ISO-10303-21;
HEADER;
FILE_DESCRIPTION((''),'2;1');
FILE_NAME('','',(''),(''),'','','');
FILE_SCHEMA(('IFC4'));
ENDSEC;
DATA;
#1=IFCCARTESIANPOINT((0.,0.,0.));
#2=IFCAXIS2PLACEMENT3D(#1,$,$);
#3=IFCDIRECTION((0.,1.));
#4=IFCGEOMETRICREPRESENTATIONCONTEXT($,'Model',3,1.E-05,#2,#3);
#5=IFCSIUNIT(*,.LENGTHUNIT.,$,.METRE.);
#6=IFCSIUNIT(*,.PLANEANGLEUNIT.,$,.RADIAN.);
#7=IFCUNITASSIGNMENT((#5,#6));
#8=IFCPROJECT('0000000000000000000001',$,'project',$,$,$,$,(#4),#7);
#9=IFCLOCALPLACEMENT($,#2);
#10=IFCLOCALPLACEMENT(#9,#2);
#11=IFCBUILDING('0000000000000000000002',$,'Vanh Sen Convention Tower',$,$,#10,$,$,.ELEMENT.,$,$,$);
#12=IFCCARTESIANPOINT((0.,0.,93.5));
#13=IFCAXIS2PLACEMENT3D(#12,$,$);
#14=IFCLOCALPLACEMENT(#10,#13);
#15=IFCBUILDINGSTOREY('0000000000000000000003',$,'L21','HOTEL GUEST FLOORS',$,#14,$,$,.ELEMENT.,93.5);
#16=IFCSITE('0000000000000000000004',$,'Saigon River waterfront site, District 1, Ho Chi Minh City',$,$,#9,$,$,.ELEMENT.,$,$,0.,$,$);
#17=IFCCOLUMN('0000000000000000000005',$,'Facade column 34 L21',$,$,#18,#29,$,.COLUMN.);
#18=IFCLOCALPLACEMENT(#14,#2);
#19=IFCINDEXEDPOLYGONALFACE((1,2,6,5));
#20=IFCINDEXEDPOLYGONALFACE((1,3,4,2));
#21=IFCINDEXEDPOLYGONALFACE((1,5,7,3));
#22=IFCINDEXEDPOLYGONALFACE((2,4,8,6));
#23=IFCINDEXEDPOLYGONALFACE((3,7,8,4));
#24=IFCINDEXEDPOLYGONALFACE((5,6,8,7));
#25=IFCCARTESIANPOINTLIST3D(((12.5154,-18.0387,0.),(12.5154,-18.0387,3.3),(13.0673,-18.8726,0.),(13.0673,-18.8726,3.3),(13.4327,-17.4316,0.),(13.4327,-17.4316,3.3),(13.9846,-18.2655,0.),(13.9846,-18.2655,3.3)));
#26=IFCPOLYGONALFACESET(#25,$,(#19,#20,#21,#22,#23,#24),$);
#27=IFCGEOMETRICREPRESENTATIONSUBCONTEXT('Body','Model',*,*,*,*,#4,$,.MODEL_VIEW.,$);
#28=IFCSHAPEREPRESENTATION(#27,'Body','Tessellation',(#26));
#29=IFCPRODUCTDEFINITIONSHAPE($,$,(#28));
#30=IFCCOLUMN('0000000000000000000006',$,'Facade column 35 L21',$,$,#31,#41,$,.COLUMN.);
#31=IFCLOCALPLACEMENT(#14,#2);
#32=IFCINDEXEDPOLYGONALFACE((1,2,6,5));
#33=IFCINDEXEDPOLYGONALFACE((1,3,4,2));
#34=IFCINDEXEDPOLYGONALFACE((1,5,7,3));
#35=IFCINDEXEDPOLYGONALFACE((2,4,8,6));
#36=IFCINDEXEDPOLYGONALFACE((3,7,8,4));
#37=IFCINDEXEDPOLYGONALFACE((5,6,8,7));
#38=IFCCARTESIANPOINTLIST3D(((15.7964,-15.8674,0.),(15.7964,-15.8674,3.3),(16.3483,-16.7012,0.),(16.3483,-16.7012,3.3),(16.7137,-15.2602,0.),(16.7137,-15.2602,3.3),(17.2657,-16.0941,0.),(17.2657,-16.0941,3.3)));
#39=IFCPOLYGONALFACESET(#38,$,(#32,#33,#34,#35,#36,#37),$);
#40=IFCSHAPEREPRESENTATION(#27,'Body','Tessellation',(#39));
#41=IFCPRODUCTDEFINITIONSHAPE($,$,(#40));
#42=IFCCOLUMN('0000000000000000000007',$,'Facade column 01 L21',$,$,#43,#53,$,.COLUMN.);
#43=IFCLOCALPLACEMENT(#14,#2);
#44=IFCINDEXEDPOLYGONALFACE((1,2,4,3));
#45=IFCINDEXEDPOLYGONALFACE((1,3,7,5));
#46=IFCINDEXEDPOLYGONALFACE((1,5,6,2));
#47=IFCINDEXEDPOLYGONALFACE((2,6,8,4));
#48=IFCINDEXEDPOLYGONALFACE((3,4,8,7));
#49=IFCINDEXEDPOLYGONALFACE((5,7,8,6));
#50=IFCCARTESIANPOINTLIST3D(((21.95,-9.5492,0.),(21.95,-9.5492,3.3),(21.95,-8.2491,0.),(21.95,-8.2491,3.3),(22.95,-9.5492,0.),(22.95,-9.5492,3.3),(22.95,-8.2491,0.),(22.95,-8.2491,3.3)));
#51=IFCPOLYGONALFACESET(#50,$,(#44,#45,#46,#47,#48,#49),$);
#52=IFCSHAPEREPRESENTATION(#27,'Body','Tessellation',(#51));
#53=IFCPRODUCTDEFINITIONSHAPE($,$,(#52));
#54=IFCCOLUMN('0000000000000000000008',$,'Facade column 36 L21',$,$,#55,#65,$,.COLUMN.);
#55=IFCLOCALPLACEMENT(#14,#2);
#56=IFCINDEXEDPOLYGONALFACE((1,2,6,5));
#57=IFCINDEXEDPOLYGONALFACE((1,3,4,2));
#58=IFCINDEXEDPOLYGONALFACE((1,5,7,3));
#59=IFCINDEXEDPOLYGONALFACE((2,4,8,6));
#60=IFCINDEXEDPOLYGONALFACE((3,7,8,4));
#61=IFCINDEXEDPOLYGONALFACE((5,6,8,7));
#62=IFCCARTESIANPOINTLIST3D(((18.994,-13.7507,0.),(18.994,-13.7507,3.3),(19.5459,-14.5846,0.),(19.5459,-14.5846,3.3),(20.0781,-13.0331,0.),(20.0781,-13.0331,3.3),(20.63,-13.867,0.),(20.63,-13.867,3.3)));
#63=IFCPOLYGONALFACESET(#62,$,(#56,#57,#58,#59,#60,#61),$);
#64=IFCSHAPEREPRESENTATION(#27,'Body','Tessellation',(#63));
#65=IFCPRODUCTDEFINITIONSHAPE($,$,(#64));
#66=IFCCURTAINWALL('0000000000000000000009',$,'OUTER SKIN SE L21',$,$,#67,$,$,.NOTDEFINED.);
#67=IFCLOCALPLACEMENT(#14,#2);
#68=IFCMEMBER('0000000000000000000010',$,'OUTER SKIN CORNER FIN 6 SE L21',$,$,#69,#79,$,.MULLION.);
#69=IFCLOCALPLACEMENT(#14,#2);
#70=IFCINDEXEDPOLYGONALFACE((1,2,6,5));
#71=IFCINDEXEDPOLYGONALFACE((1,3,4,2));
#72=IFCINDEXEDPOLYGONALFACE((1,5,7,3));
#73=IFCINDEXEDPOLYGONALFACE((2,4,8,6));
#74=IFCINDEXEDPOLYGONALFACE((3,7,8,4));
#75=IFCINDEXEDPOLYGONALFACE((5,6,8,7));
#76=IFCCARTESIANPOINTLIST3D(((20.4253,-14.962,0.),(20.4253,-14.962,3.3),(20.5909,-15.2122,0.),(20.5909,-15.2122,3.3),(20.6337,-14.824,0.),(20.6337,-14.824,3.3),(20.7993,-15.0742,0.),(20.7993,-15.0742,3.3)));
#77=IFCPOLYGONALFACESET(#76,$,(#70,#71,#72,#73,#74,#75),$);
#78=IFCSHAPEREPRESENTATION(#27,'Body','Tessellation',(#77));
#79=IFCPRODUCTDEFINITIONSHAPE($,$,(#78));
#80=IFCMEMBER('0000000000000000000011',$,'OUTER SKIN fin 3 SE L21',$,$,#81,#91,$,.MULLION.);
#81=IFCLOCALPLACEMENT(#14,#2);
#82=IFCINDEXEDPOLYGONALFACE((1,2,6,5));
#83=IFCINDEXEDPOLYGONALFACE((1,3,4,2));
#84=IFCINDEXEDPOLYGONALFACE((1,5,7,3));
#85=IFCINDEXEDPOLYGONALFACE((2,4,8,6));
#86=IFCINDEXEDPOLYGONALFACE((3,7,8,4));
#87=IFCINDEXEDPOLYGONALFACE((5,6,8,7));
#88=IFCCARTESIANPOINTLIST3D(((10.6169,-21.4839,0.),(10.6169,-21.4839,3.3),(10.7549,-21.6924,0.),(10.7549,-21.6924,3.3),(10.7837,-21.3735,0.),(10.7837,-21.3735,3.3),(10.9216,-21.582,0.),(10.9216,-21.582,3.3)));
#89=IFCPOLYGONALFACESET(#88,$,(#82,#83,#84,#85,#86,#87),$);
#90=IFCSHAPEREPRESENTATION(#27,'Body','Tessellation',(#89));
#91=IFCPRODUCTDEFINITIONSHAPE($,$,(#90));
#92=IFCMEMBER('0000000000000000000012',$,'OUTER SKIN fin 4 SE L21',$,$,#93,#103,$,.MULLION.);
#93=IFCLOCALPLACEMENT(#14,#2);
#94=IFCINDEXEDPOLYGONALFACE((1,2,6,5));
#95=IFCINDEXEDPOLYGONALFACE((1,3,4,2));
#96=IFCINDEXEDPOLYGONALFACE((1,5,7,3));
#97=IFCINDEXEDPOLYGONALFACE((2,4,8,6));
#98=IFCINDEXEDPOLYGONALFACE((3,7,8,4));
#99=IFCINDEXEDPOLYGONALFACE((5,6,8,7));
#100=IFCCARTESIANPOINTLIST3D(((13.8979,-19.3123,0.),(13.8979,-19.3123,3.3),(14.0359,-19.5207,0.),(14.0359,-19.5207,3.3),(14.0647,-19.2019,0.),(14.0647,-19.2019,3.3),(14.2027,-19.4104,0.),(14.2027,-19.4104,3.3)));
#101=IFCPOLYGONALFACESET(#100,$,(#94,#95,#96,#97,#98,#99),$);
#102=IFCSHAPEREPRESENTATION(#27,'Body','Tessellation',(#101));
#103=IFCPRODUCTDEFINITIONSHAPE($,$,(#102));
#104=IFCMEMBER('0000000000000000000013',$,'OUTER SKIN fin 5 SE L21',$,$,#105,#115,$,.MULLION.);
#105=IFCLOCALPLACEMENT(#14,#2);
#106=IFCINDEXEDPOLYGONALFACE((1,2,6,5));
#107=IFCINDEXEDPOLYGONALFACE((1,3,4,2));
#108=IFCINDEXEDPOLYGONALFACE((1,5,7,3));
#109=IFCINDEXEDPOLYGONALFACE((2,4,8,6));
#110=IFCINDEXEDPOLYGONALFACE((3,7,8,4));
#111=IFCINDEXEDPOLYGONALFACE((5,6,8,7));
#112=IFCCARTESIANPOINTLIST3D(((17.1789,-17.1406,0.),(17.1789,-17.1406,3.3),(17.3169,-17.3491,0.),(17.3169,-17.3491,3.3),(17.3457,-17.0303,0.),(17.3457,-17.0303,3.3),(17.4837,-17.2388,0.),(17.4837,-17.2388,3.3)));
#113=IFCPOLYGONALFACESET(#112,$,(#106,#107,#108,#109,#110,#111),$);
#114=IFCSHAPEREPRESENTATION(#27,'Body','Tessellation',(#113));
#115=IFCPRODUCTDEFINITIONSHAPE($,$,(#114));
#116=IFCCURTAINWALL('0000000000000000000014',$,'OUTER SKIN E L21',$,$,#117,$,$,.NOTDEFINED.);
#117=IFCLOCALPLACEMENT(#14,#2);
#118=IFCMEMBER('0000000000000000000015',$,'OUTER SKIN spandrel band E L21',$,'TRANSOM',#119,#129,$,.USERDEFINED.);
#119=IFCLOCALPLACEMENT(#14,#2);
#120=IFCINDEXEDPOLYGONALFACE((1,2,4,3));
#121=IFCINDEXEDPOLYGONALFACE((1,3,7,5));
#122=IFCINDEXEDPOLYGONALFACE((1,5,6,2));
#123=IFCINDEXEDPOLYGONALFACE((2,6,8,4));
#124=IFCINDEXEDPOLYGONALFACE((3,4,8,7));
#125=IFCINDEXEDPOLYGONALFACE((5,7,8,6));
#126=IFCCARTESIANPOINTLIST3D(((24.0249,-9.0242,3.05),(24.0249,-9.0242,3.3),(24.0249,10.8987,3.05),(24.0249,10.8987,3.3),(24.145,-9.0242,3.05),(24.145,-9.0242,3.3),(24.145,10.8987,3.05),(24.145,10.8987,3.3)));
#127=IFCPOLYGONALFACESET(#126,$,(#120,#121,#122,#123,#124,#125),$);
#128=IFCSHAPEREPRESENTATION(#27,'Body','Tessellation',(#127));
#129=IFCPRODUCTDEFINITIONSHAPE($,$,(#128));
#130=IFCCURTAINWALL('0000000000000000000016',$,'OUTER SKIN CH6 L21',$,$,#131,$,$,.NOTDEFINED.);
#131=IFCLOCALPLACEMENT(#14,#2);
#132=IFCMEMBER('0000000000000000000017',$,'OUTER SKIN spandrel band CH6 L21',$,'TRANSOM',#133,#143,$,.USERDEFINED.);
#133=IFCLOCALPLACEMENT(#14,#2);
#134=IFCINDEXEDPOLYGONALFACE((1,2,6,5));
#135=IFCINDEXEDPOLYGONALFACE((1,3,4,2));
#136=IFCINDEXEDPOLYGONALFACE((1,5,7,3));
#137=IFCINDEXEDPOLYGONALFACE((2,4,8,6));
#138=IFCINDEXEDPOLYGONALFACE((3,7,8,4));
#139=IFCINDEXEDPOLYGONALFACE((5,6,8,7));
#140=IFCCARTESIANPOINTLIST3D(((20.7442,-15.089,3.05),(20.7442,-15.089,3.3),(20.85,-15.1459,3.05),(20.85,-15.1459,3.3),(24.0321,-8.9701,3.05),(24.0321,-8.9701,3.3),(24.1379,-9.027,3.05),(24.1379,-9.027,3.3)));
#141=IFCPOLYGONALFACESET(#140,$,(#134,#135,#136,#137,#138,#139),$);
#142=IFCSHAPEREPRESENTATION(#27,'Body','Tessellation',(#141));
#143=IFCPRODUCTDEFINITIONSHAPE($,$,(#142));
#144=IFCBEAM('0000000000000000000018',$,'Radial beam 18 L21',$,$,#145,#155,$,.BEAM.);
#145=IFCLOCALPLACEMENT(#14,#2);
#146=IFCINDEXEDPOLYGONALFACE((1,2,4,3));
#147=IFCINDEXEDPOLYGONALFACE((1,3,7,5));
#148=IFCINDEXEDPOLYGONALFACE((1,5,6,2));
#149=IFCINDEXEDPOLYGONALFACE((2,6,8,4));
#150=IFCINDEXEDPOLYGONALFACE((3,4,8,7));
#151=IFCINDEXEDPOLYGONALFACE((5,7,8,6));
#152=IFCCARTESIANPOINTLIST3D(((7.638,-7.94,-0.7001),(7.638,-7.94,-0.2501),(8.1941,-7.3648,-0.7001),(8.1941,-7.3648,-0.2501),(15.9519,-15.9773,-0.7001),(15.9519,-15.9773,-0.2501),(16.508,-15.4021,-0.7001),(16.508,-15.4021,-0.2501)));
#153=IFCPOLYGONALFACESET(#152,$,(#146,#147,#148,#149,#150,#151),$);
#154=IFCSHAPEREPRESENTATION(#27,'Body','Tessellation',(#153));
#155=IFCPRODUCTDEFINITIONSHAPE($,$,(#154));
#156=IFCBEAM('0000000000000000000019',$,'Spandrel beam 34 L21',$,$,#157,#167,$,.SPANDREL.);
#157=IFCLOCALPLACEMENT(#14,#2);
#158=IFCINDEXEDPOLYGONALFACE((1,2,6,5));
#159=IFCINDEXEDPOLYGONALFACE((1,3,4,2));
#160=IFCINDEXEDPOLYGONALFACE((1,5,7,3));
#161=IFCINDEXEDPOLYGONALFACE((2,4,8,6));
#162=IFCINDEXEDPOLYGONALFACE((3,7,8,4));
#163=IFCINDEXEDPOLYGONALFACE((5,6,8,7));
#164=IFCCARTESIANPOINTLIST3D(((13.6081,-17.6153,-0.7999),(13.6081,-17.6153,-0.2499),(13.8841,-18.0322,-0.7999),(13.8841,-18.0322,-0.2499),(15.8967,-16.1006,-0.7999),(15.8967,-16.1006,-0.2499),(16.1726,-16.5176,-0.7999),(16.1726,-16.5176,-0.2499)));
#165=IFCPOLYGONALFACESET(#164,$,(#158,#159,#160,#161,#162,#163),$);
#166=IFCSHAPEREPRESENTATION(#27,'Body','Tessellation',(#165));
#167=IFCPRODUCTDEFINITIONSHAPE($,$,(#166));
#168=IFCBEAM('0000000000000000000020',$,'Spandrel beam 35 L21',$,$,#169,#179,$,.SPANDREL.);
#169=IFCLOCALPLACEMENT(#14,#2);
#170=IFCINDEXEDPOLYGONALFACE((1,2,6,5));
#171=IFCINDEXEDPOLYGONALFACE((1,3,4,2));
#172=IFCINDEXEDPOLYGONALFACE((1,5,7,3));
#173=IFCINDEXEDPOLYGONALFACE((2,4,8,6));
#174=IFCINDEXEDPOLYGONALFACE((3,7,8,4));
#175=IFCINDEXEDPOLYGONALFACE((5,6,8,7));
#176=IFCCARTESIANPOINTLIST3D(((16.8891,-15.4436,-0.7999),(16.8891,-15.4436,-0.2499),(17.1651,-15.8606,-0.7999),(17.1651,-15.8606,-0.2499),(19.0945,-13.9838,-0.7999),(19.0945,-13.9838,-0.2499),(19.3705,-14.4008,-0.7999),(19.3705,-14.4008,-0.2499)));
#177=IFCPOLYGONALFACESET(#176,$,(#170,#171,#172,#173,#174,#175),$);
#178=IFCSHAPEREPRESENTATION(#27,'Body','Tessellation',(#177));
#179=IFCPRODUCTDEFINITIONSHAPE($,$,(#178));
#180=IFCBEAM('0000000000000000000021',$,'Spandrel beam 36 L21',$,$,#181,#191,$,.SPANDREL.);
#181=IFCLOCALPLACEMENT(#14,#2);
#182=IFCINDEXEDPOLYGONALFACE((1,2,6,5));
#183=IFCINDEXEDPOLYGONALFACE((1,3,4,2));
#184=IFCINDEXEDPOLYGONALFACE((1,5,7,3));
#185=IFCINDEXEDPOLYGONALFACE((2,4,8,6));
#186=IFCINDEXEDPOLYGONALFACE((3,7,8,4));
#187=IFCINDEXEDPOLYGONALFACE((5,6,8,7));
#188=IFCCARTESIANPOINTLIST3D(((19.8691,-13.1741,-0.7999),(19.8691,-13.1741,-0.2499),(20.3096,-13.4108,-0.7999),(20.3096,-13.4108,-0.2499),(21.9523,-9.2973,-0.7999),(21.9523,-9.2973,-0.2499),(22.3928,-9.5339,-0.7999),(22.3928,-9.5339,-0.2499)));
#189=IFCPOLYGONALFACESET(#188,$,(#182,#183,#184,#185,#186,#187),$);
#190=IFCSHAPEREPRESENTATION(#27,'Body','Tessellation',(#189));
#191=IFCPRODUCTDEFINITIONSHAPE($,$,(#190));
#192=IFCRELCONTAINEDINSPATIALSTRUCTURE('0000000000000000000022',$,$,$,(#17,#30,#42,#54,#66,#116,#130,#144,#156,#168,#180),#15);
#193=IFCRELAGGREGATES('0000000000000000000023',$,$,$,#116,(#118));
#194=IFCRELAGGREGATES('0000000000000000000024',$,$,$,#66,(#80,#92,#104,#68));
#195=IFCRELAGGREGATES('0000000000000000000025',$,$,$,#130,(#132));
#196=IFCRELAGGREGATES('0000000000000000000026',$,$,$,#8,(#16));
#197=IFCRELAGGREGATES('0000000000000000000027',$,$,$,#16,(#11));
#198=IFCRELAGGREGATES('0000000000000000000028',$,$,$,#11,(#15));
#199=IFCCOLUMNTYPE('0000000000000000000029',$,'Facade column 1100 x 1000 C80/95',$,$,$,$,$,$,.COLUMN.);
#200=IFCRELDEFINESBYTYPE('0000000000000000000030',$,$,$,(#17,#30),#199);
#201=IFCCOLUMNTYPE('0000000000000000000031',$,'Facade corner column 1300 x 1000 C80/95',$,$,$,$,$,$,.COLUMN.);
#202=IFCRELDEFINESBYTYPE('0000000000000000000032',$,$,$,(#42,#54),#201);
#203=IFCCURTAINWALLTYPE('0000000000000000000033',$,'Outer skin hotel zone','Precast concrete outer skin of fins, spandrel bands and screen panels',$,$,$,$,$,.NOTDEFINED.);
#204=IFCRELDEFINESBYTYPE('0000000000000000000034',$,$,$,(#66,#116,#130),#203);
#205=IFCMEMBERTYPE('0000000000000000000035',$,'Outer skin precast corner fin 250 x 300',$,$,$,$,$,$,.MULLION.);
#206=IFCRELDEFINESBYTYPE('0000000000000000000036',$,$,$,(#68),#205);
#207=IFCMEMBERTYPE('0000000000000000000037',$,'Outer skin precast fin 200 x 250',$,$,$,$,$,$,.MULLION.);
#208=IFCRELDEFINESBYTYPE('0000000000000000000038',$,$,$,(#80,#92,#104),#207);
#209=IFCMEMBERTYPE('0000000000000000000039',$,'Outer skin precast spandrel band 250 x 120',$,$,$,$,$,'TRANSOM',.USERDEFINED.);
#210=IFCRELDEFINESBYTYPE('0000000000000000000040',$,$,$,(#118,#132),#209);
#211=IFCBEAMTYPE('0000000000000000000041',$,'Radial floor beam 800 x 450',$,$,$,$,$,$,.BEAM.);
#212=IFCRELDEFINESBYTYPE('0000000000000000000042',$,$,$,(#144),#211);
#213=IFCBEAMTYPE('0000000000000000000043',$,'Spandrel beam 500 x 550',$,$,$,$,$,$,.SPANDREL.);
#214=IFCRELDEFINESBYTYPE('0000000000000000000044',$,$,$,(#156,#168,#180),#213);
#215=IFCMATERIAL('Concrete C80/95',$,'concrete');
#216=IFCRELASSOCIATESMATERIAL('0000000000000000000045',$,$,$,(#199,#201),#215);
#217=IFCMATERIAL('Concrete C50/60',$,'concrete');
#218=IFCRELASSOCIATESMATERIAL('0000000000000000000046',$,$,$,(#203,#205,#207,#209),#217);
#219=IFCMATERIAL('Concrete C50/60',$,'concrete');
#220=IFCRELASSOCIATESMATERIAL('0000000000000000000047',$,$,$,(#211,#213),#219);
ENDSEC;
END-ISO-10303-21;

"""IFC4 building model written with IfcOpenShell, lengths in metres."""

from ifc_helpers import new_model, si_unit, direction, frame, origin, origin_2d, place, context, subcontext, project, spatial, rectangle, extrude, material, material_profile, profile_set, type_object, element, aggregate, save


model = new_model("IFC4")

# Units and contexts
model_context = context("Model", 3, precision=1e-05, world=origin(), true_north=direction((0.0, 1.0)))
body_context = subcontext(model_context, "Body", "Model", "MODEL_VIEW")
ifc_project = project(units=[si_unit("LENGTHUNIT", "METRE"), si_unit("PLANEANGLEUNIT", "RADIAN")], contexts=[model_context])

# Site, building, storey
site_placement = place(None, origin())
site = spatial("IfcSite", under=ifc_project, at=site_placement, Name="Saigon River waterfront site, District 1, Ho Chi Minh City", CompositionType="ELEMENT", RefElevation=0.0)
building_placement = place(site_placement, origin())
building = spatial("IfcBuilding", under=site, at=building_placement, Name="Vanh Sen Convention Tower", CompositionType="ELEMENT")
storey_placement = place(building_placement, frame((0.0, 0.0, 93.5)))
storey = spatial("IfcBuildingStorey", under=building, at=storey_placement, Name="L21", Description="HOTEL GUEST FLOORS", CompositionType="ELEMENT", Elevation=93.5)

# Columns
ifc_material_1 = material(Name="Concrete C80/95", Category="concrete")
ifc_material_profile_1 = material_profile(ifc_material_1, rectangle(XDim=1.1001, YDim=1.0, at=origin_2d()), Name="RC 1100X1000")
ifc_profile_set_1 = profile_set([ifc_material_profile_1], Name="Concrete C80/95")
column_type_1 = type_object("IfcColumnType", Name="Facade column 1100 x 1000 C80/95", PredefinedType="COLUMN", material=ifc_profile_set_1)
for number, where, z_axis, x_axis, name in (
    (1, (13.25, -18.1521, 0.0), (0.0, 0.0, 1.0), (0.833886, 0.551937, 0.0), "Facade column 34 L21"),
    (2, (16.531, -15.9807, 0.0), (0.0, 0.0, 1.0), (0.833886, 0.551937, 0.0), "Facade column 35 L21"),
):
    element("IfcColumn", number, at=place(storey_placement, frame(where, z_axis=z_axis, x_axis=x_axis)), inside=storey, type_object=column_type_1, Name=name, PredefinedType="COLUMN", context=body_context, shape_type="SweptSolid", body=[
        extrude(rectangle(XDim=1.1001, YDim=1.0, at=origin_2d()), origin(), (0.0, 0.0, 1.0), 3.3),
    ])
ifc_material_profile_2 = material_profile(ifc_material_1, rectangle(XDim=1.3, YDim=1.0, at=origin_2d()), Name="RC 1300X1000")
ifc_profile_set_2 = profile_set([ifc_material_profile_2], Name="Concrete C80/95")
column_type_2 = type_object("IfcColumnType", Name="Facade corner column 1300 x 1000 C80/95", PredefinedType="COLUMN", material=ifc_profile_set_2)
for number, where, z_axis, x_axis, name in (
    (3, (22.45, -8.8992, 0.0), (0.0, 0.0, 1.0), (0.0, 1.0, 0.0), "Facade column 01 L21"),
    (4, (19.812, -13.8088, 0.0), (0.0, 0.0, 1.0), (0.833886, 0.551937, 0.0), "Facade column 36 L21"),
):
    element("IfcColumn", number, at=place(storey_placement, frame(where, z_axis=z_axis, x_axis=x_axis)), inside=storey, type_object=column_type_2, Name=name, PredefinedType="COLUMN", context=body_context, shape_type="SweptSolid", body=[
        extrude(rectangle(XDim=1.3, YDim=1.0, at=origin_2d()), origin(), (0.0, 0.0, 1.0), 3.3),
    ])

# Curtain wall, members
ifc_material_2 = material(Name="Concrete C50/60", Category="concrete")
curtain_wall_type = type_object("IfcCurtainWallType", Name="Outer skin hotel zone", Description="Precast concrete outer skin of fins, spandrel bands and screen panels", PredefinedType="NOTDEFINED", material=ifc_material_2)
curtain_wall_1_placement = place(storey_placement, origin())
curtain_wall_1 = element("IfcCurtainWall", 5, at=curtain_wall_1_placement, inside=storey, type_object=curtain_wall_type, Name="OUTER SKIN SE L21", PredefinedType="NOTDEFINED")
ifc_material_profile_3 = material_profile(ifc_material_2, rectangle(XDim=0.25, YDim=0.3, at=origin_2d()), Name="Outer skin precast corner fin 250 x 300")
ifc_profile_set_3 = profile_set([ifc_material_profile_3], Name="Concrete C50/60")
member_type_1 = type_object("IfcMemberType", Name="Outer skin precast corner fin 250 x 300", PredefinedType="MULLION", material=ifc_profile_set_3)
member_1_placement = place(storey_placement, frame((20.6123, -15.0181, 0.0), z_axis=(0.0, 0.0, 1.0), x_axis=(0.833886, 0.551937, 0.0)))
member_1 = element("IfcMember", 6, at=member_1_placement, type_object=member_type_1, Name="OUTER SKIN CORNER FIN 6 SE L21", PredefinedType="MULLION", context=body_context, shape_type="SweptSolid", body=[
    extrude(rectangle(XDim=0.25, YDim=0.3, at=origin_2d()), origin(), (0.0, 0.0, 1.0), 3.3),
])
ifc_material_profile_4 = material_profile(ifc_material_2, rectangle(XDim=0.2, YDim=0.25, at=origin_2d()), Name="Outer skin precast fin 200 x 250")
ifc_profile_set_4 = profile_set([ifc_material_profile_4], Name="Concrete C50/60")
member_type_2 = type_object("IfcMemberType", Name="Outer skin precast fin 200 x 250", PredefinedType="MULLION", material=ifc_profile_set_4)
member_2_placement = place(storey_placement, frame((10.7693, -21.533, 0.0), z_axis=(0.0, 0.0, 1.0), x_axis=(0.833886, 0.551937, 0.0)))
member_2 = element("IfcMember", 7, at=member_2_placement, type_object=member_type_2, Name="OUTER SKIN fin 3 SE L21", PredefinedType="MULLION", context=body_context, shape_type="SweptSolid", body=[
    extrude(rectangle(XDim=0.2, YDim=0.25, at=origin_2d()), origin(), (0.0, 0.0, 1.0), 3.3),
])
member_3_placement = place(storey_placement, frame((14.0503, -19.3613, 0.0), z_axis=(0.0, 0.0, 1.0), x_axis=(0.833886, 0.551937, 0.0)))
member_3 = element("IfcMember", 8, at=member_3_placement, type_object=member_type_2, Name="OUTER SKIN fin 4 SE L21", PredefinedType="MULLION", context=body_context, shape_type="SweptSolid", body=[
    extrude(rectangle(XDim=0.2, YDim=0.25, at=origin_2d()), origin(), (0.0, 0.0, 1.0), 3.3),
])
member_4_placement = place(storey_placement, frame((17.3313, -17.1897, 0.0), z_axis=(0.0, 0.0, 1.0), x_axis=(0.833886, 0.551937, 0.0)))
member_4 = element("IfcMember", 9, at=member_4_placement, type_object=member_type_2, Name="OUTER SKIN fin 5 SE L21", PredefinedType="MULLION", context=body_context, shape_type="SweptSolid", body=[
    extrude(rectangle(XDim=0.2, YDim=0.25, at=origin_2d()), origin(), (0.0, 0.0, 1.0), 3.3),
])

# Curtain walls, members
curtain_wall_2_placement = place(storey_placement, origin())
curtain_wall_2 = element("IfcCurtainWall", 10, at=curtain_wall_2_placement, inside=storey, type_object=curtain_wall_type, Name="OUTER SKIN E L21", PredefinedType="NOTDEFINED")
ifc_material_profile_5 = material_profile(ifc_material_2, rectangle(XDim=0.1201, YDim=0.25, at=origin_2d()), Name="Outer skin precast spandrel band 250 x 120")
ifc_profile_set_5 = profile_set([ifc_material_profile_5], Name="Concrete C50/60")
member_type_3 = type_object("IfcMemberType", Name="Outer skin precast spandrel band 250 x 120", ElementType="TRANSOM", PredefinedType="USERDEFINED", material=ifc_profile_set_5)
member_5_placement = place(storey_placement, frame((24.085, -9.0242, 3.175), z_axis=(0.0, 1.0, 0.0), x_axis=(-1.0, 0.0, 0.0)))
member_5 = element("IfcMember", 11, at=member_5_placement, type_object=member_type_3, Name="OUTER SKIN spandrel band E L21", ObjectType="TRANSOM", PredefinedType="USERDEFINED", context=body_context, shape_type="SweptSolid", body=[
    extrude(rectangle(XDim=0.1201, YDim=0.25, at=origin_2d()), origin(), (0.0, 0.0, 1.0), 19.9229),
])
aggregate(curtain_wall_2, [member_5])
curtain_wall_3_placement = place(storey_placement, origin())
curtain_wall_3 = element("IfcCurtainWall", 12, at=curtain_wall_3_placement, inside=storey, type_object=curtain_wall_type, Name="OUTER SKIN CH6 L21", PredefinedType="NOTDEFINED")
member_6_placement = place(storey_placement, frame((20.7971, -15.1174, 3.175), z_axis=(0.473324, 0.880888, 0.0), x_axis=(-0.880888, 0.473324, 0.0)))
member_6 = element("IfcMember", 13, at=member_6_placement, type_object=member_type_3, Name="OUTER SKIN spandrel band CH6 L21", ObjectType="TRANSOM", PredefinedType="USERDEFINED", context=body_context, shape_type="SweptSolid", body=[
    extrude(rectangle(XDim=0.1201, YDim=0.25, at=origin_2d()), origin(), (0.0, 0.0, 1.0), 6.9463),
])

# Beams
ifc_material_3 = material(Name="Concrete C50/60", Category="concrete")
ifc_material_profile_6 = material_profile(ifc_material_3, rectangle(XDim=0.8, YDim=0.45, at=origin_2d()), Name="RC 800X450")
ifc_profile_set_6 = profile_set([ifc_material_profile_6], Name="Concrete C50/60")
beam_type_1 = type_object("IfcBeamType", Name="Radial floor beam 800 x 450", PredefinedType="BEAM", material=ifc_profile_set_6)
beam_1_placement = place(storey_placement, frame((16.23, -15.6897, -0.4751), z_axis=(-0.718966, 0.695045, 0.0), x_axis=(-0.695045, -0.718966, 0.0)))
element("IfcBeam", 14, at=beam_1_placement, inside=storey, type_object=beam_type_1, Name="Radial beam 18 L21", PredefinedType="BEAM", context=body_context, shape_type="SweptSolid", body=[
    extrude(rectangle(XDim=0.8, YDim=0.45, at=origin_2d()), origin(), (0.0, 0.0, 1.0), 11.5637),
])
ifc_material_profile_7 = material_profile(ifc_material_3, rectangle(XDim=0.5, YDim=0.55, at=origin_2d()), Name="RC 500X550")
ifc_profile_set_7 = profile_set([ifc_material_profile_7], Name="Concrete C50/60")
beam_type_2 = type_object("IfcBeamType", Name="Spandrel beam 500 x 550", PredefinedType="SPANDREL", material=ifc_profile_set_7)
beam_2_placement = place(storey_placement, frame((13.7461, -17.8237, -0.5249), z_axis=(0.833907, 0.551905, 0.0), x_axis=(-0.551905, 0.833907, 0.0)))
element("IfcBeam", 15, at=beam_2_placement, inside=storey, type_object=beam_type_2, Name="Spandrel beam 34 L21", PredefinedType="SPANDREL", context=body_context, shape_type="SweptSolid", body=[
    extrude(rectangle(XDim=0.5, YDim=0.55, at=origin_2d()), origin(), (0.0, 0.0, 1.0), 2.7444),
])
beam_3_placement = place(storey_placement, frame((17.0271, -15.6521, -0.5249), z_axis=(0.833878, 0.551949, 0.0), x_axis=(-0.551949, 0.833878, 0.0)))
element("IfcBeam", 16, at=beam_3_placement, inside=storey, type_object=beam_type_2, Name="Spandrel beam 35 L21", PredefinedType="SPANDREL", context=body_context, shape_type="SweptSolid", body=[
    extrude(rectangle(XDim=0.5, YDim=0.55, at=origin_2d()), origin(), (0.0, 0.0, 1.0), 2.6448),
])
beam_4_placement = place(storey_placement, frame((20.0894, -13.2925, -0.5249), z_axis=(0.473336, 0.880882, 0.0), x_axis=(-0.880882, 0.473336, 0.0)))
element("IfcBeam", 17, at=beam_4_placement, inside=storey, type_object=beam_type_2, Name="Spandrel beam 36 L21", PredefinedType="SPANDREL", context=body_context, shape_type="SweptSolid", body=[
    extrude(rectangle(XDim=0.5, YDim=0.55, at=origin_2d()), origin(), (0.0, 0.0, 1.0), 4.4011),
])

aggregate(curtain_wall_1, [member_2, member_3, member_4, member_1])
aggregate(curtain_wall_3, [member_6])

save(model, "model.ifc")
